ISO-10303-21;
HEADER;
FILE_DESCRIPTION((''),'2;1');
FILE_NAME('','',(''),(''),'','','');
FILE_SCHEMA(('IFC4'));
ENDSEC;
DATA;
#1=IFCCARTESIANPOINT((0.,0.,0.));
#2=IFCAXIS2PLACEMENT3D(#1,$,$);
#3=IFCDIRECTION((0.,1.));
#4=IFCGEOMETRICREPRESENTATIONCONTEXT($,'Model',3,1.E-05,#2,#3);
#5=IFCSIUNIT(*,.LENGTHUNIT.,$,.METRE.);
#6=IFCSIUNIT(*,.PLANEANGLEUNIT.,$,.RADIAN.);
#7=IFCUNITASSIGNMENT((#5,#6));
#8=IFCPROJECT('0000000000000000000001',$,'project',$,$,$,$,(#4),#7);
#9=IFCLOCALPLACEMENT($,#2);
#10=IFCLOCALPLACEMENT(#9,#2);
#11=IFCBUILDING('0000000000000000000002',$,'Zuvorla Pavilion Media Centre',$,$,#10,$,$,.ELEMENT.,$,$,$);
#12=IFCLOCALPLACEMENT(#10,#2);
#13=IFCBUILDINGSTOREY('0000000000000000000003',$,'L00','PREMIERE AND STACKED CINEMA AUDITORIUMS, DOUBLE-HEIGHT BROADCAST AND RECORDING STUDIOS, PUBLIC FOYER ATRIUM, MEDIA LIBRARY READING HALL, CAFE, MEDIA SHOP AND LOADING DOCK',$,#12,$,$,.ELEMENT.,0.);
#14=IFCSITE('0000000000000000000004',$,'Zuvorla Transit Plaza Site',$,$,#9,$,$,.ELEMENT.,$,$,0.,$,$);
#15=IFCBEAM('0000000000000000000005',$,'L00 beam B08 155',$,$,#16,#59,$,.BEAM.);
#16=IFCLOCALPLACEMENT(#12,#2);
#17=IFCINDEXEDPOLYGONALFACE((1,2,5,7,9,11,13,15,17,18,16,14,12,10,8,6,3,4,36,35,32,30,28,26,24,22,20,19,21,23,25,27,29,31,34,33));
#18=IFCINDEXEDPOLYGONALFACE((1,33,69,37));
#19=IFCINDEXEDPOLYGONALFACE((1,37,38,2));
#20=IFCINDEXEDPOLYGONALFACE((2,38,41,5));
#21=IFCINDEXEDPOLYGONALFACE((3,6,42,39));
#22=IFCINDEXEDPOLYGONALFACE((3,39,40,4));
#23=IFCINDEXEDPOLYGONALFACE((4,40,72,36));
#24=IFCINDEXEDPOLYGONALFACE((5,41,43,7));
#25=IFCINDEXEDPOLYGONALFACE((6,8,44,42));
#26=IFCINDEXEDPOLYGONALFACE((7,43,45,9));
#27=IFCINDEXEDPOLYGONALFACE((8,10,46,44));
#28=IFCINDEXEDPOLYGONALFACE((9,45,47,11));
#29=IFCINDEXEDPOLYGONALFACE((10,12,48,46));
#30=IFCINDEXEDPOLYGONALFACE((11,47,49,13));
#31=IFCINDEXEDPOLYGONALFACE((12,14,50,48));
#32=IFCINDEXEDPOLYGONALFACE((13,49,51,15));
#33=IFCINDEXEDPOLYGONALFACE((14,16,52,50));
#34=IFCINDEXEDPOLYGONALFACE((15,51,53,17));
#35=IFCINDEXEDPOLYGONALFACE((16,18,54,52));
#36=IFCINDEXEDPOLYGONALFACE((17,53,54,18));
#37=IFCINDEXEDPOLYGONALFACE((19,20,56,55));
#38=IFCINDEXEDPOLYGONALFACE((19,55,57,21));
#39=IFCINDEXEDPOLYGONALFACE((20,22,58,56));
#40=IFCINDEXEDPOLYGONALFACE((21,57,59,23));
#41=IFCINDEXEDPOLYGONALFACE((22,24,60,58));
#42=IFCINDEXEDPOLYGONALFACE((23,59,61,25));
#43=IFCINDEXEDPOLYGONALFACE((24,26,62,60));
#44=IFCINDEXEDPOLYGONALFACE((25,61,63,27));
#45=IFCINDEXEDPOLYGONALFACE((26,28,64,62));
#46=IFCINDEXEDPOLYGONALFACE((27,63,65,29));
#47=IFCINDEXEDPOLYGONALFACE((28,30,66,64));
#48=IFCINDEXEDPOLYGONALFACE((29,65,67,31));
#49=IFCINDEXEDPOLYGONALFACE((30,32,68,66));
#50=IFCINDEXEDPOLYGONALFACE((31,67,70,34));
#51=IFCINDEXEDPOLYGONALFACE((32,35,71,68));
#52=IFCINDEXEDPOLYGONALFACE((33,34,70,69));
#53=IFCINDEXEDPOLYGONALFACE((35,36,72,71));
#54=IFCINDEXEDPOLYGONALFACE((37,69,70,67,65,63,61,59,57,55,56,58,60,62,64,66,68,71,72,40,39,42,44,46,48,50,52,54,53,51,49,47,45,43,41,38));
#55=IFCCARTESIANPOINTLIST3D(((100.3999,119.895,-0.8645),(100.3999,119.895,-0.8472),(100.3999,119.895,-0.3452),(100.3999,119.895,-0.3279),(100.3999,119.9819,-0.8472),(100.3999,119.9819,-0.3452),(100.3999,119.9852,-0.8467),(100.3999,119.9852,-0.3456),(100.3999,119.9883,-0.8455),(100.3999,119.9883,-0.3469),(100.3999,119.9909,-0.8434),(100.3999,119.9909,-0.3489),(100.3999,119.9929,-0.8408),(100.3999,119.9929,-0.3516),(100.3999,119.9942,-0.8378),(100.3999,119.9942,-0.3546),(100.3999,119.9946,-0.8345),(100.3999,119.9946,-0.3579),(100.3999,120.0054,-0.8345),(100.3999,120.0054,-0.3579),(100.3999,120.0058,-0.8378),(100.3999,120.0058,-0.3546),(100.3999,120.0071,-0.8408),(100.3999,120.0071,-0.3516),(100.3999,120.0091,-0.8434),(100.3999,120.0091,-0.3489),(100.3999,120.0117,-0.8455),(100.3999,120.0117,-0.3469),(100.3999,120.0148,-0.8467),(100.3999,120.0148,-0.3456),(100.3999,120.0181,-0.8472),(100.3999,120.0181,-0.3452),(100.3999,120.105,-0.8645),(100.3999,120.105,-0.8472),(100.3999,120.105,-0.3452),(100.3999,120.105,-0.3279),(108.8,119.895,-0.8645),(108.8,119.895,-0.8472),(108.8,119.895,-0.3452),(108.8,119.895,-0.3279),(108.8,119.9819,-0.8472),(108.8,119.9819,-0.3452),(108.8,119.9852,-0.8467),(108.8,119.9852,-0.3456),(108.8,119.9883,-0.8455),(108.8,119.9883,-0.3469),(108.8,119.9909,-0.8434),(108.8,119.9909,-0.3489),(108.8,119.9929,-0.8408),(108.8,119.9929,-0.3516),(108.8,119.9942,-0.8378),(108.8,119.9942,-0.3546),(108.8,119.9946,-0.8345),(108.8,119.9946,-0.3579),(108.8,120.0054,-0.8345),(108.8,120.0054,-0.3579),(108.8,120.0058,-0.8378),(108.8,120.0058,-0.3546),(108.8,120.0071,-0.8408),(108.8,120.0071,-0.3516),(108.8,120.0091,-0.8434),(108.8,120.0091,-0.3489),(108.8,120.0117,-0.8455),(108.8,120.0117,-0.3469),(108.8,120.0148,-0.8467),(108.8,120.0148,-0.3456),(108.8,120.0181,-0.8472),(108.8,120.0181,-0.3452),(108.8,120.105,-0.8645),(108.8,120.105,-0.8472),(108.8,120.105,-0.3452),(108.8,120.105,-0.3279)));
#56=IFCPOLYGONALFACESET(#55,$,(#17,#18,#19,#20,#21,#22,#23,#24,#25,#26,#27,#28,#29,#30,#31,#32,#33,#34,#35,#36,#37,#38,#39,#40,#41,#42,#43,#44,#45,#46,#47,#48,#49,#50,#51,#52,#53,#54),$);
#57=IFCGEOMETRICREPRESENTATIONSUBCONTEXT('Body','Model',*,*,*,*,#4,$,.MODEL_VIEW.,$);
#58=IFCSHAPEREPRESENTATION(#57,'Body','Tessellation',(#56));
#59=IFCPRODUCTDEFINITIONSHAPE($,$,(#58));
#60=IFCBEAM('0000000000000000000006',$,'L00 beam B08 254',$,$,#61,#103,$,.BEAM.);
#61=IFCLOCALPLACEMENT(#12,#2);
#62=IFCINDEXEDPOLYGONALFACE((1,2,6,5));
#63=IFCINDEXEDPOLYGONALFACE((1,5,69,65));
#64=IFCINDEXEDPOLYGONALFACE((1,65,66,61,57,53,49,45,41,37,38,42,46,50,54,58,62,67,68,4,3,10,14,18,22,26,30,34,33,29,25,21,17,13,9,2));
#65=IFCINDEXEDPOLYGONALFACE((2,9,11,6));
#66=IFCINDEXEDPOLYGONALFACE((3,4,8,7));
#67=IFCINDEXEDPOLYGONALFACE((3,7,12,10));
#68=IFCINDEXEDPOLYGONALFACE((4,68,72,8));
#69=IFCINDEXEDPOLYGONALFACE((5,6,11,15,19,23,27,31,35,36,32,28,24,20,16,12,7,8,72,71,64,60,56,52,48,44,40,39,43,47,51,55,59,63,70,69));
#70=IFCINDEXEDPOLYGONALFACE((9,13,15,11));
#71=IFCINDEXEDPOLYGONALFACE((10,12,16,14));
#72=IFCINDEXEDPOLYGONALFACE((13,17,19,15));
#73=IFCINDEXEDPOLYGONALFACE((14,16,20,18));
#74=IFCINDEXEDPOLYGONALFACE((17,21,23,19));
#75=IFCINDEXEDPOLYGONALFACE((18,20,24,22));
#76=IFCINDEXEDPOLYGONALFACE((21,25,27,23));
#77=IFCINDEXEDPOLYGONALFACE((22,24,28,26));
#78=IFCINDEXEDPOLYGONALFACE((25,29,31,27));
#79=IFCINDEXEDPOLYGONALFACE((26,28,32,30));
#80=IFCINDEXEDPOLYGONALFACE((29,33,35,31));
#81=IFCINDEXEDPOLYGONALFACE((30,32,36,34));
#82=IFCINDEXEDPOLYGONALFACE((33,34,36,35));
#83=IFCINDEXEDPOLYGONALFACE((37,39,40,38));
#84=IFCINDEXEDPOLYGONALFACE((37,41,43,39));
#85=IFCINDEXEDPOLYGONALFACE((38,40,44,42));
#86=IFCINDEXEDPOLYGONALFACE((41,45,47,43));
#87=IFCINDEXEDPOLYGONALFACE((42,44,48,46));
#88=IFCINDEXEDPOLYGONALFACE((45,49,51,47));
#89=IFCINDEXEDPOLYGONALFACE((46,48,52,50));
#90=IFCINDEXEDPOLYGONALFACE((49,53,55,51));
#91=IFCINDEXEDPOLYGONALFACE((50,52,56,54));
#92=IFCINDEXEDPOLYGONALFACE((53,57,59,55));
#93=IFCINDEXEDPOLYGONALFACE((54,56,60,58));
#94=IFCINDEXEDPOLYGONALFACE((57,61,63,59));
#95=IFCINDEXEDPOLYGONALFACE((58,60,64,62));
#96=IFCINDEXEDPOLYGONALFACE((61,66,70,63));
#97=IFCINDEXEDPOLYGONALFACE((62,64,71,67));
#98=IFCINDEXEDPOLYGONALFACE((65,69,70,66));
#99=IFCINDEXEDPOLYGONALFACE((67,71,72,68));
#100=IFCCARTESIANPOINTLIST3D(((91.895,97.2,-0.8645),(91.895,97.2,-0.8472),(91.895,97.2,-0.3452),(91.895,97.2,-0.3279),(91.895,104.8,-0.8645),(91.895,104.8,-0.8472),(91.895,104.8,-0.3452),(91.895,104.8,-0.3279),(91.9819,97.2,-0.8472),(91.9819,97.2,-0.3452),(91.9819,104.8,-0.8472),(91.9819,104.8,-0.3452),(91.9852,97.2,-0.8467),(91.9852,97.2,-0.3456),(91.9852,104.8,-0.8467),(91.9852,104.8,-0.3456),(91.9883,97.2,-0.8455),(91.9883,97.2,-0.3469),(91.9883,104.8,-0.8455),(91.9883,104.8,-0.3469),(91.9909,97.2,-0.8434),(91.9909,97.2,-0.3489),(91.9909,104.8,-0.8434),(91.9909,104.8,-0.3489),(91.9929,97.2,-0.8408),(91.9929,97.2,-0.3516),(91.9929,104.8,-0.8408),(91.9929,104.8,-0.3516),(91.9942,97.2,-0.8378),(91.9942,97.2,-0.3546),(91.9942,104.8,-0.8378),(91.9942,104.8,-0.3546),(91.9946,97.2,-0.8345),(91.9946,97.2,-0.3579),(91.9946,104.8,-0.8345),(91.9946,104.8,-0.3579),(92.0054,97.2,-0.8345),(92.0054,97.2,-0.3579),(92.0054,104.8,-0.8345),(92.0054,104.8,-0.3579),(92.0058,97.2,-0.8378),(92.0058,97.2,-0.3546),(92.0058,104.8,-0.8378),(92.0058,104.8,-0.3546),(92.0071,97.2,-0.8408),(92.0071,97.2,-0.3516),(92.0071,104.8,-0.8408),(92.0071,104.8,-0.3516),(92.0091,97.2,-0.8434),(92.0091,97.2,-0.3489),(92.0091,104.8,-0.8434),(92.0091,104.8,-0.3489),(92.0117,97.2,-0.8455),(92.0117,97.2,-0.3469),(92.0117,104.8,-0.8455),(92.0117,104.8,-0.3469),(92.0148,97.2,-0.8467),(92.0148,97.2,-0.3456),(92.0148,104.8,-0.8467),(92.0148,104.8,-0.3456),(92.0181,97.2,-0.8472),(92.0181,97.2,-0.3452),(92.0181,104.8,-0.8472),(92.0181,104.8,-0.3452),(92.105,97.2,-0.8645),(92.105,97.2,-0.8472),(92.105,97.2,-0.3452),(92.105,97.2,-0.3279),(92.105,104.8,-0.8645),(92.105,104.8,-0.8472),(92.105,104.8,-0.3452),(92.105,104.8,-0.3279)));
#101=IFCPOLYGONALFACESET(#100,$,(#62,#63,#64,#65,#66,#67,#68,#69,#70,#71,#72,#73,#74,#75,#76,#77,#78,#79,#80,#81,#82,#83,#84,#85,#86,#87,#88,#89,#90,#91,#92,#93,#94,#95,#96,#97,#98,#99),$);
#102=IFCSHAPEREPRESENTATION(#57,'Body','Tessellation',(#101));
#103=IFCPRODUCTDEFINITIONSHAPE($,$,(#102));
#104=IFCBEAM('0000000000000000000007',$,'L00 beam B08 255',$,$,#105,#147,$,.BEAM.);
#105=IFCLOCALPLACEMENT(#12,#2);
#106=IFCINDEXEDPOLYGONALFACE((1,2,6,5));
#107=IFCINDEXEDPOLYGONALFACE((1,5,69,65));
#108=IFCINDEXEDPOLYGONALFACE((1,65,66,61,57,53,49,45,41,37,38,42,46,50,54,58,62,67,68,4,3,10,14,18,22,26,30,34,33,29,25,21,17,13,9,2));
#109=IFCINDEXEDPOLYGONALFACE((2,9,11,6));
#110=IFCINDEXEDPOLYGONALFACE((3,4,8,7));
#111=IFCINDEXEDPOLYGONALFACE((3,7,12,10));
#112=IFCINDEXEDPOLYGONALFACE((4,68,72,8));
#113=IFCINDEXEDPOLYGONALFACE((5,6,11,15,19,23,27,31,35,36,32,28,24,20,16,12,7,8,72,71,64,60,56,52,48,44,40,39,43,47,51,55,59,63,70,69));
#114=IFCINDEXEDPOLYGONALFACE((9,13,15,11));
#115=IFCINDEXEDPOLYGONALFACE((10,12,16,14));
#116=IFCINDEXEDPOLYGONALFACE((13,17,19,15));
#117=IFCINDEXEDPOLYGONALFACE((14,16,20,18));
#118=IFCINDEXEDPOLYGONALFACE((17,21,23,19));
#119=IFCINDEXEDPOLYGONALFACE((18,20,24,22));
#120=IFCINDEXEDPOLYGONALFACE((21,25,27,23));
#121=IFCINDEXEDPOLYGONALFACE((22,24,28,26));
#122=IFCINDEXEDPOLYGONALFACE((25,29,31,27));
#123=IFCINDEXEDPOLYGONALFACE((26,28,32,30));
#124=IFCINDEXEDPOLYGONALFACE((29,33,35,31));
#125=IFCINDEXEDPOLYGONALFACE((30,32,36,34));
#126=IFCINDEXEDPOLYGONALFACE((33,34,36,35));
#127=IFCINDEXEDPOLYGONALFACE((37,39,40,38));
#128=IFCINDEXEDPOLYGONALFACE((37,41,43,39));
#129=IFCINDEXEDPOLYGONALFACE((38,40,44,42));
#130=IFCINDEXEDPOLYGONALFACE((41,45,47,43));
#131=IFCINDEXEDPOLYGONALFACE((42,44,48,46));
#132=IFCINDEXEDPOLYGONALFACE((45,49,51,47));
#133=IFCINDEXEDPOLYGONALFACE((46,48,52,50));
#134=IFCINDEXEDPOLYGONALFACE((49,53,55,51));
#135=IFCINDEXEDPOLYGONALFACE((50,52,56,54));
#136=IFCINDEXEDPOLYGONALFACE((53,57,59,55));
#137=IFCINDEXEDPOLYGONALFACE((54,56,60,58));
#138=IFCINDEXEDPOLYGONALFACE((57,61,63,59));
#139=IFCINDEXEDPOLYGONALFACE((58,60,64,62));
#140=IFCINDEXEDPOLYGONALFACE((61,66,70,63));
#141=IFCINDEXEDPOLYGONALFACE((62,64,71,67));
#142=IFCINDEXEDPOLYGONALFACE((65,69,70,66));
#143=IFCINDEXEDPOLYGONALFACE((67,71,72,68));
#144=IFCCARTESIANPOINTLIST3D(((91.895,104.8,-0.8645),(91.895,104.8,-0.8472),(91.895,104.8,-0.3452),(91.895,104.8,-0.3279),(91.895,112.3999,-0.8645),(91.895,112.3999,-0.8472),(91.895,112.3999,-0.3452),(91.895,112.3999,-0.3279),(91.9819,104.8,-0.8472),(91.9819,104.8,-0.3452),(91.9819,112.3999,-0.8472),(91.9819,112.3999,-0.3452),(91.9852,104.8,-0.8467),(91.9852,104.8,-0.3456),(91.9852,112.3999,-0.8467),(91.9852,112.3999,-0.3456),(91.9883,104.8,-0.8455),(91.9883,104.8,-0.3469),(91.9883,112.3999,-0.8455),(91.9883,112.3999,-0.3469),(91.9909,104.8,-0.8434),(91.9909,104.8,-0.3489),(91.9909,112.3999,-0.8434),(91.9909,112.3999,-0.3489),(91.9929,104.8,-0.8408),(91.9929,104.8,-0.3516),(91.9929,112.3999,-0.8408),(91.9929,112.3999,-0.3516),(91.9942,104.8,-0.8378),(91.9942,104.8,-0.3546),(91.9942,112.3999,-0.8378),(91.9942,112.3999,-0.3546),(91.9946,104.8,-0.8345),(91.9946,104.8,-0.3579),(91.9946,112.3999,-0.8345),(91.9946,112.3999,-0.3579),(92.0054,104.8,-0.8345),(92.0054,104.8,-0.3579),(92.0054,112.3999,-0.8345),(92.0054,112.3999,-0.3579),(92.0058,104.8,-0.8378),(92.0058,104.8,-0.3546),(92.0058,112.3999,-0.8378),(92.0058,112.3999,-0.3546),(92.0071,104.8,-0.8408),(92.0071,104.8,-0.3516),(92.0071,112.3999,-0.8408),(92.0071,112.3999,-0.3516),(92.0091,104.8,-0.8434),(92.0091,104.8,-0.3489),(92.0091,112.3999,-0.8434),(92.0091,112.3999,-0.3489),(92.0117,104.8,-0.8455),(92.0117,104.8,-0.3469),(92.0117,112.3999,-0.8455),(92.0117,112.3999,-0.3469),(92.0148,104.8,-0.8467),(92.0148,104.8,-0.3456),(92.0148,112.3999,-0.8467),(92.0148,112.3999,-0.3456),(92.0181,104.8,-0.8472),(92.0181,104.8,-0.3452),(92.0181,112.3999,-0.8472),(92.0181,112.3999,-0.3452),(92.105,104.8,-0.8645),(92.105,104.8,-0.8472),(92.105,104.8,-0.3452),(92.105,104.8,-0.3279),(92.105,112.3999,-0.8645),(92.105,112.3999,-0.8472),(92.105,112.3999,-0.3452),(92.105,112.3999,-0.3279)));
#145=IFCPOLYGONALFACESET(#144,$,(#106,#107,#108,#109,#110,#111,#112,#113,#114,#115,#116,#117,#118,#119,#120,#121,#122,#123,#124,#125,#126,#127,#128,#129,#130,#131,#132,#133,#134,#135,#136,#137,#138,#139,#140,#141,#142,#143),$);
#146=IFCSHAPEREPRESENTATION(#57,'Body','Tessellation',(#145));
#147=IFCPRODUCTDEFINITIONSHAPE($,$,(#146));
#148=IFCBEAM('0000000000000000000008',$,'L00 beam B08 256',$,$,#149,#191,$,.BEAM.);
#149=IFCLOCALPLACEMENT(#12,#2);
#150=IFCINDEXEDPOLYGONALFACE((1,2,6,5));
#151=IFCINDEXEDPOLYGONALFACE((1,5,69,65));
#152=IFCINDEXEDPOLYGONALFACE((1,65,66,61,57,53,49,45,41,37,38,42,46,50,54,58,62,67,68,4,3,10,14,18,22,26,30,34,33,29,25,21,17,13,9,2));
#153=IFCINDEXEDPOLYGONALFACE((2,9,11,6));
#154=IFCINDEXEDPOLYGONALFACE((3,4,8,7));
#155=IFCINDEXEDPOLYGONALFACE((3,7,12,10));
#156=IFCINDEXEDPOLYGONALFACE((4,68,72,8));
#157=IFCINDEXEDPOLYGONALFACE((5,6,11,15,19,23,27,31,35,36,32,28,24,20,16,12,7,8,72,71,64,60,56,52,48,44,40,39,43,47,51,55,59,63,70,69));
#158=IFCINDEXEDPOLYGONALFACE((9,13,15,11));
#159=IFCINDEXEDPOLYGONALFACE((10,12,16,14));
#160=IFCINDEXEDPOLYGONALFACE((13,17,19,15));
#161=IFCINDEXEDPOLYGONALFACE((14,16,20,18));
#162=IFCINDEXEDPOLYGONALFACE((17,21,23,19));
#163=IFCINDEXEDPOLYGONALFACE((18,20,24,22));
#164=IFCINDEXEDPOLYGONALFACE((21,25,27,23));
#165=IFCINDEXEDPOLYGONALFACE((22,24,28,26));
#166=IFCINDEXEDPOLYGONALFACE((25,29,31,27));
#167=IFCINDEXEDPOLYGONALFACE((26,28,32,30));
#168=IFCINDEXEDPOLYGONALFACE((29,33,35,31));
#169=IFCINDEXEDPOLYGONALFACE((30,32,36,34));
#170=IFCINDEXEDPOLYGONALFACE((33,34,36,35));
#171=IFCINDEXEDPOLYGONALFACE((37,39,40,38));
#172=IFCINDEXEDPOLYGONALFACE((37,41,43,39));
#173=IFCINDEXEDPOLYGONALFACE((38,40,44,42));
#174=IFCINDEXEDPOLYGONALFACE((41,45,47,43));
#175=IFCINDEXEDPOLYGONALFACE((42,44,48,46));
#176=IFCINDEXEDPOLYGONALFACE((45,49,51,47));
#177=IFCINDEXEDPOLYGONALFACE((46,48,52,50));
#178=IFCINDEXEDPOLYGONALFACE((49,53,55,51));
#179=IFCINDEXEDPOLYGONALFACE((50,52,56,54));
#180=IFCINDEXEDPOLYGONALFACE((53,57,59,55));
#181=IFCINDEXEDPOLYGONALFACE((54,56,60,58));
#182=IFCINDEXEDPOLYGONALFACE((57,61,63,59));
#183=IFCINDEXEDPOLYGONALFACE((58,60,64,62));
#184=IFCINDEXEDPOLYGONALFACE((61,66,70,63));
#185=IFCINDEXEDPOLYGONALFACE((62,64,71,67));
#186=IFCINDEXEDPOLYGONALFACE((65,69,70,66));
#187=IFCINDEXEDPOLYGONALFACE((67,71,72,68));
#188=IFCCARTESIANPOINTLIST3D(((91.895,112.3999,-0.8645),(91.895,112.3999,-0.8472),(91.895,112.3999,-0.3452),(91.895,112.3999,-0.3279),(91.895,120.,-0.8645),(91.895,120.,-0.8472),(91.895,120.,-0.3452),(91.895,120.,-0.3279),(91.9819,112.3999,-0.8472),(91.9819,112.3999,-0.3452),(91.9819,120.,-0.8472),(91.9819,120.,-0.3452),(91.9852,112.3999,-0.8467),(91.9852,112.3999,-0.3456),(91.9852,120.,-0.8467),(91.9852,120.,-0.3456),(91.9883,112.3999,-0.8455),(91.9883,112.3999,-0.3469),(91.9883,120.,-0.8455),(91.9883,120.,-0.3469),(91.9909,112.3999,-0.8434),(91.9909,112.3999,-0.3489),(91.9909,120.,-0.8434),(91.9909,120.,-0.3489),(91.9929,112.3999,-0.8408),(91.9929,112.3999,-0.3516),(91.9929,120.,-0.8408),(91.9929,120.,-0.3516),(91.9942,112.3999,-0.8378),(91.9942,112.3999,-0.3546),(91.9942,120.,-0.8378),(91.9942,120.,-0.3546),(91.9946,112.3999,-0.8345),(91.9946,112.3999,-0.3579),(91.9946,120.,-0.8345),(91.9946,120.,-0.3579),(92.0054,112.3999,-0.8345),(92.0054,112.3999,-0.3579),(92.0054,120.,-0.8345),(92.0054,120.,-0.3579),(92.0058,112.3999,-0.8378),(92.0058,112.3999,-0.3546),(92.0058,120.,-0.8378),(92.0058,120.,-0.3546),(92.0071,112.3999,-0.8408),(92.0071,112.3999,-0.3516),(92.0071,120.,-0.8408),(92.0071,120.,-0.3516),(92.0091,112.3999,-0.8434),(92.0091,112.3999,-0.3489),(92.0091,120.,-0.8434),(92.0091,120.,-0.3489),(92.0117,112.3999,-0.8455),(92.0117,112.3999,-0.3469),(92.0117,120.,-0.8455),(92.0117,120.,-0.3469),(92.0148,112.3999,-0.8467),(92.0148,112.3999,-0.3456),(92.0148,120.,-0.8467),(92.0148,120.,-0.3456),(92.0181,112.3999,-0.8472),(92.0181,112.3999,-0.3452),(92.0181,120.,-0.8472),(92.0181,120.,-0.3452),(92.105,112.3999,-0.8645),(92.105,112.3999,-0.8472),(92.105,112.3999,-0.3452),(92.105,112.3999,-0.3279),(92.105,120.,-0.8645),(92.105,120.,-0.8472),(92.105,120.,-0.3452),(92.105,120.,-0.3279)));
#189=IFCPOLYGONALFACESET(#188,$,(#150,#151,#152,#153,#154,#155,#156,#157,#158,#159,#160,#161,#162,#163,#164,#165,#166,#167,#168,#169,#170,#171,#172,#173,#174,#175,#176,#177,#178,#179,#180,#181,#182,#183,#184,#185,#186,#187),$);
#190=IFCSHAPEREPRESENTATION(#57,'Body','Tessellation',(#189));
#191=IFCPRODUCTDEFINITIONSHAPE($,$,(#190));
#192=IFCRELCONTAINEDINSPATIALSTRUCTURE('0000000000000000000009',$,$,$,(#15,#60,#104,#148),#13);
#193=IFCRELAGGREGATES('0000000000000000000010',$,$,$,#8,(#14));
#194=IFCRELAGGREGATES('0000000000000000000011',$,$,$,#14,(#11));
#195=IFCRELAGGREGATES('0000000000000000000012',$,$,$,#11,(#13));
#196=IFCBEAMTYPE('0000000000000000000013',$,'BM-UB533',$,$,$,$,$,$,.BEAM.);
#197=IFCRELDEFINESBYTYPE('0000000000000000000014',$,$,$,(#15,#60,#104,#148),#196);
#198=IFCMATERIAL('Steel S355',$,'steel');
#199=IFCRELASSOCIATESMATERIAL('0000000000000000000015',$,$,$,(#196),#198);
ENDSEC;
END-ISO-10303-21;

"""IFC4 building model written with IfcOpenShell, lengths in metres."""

from ifc_helpers import new_model, si_unit, direction, frame, origin, origin_2d, place, context, subcontext, project, spatial, i_section, extrude, material, material_profile, profile_set, type_object, element, save


model = new_model("IFC4")

# Units and contexts
model_context = context("Model", 3, precision=1e-05, world=origin(), true_north=direction((0.0, 1.0)))
body_context = subcontext(model_context, "Body", "Model", "MODEL_VIEW")
ifc_project = project(units=[si_unit("LENGTHUNIT", "METRE"), si_unit("PLANEANGLEUNIT", "RADIAN")], contexts=[model_context])

# Site, building, storey
site_placement = place(None, origin())
site = spatial("IfcSite", under=ifc_project, at=site_placement, Name="Zuvorla Transit Plaza Site", CompositionType="ELEMENT", RefElevation=0.0)
building_placement = place(site_placement, origin())
building = spatial("IfcBuilding", under=site, at=building_placement, Name="Zuvorla Pavilion Media Centre", CompositionType="ELEMENT")
storey_placement = place(building_placement, origin())
storey = spatial("IfcBuildingStorey", under=building, at=storey_placement, Name="L00", Description="PREMIERE AND STACKED CINEMA AUDITORIUMS, DOUBLE-HEIGHT BROADCAST AND RECORDING STUDIOS, PUBLIC FOYER ATRIUM, MEDIA LIBRARY READING HALL, CAFE, MEDIA SHOP AND LOADING DOCK", CompositionType="ELEMENT", Elevation=0.0)

# Beams
ifc_material_1 = material(Name="Steel S355", Category="steel")
ifc_material_profile_1 = material_profile(ifc_material_1, i_section(OverallWidth=0.21, OverallDepth=0.5366, WebThickness=0.0107, FlangeThickness=0.0173, FilletRadius=0.0127, at=origin_2d()), Name="UB 533x210x101")
ifc_profile_set_1 = profile_set([ifc_material_profile_1], Name="Steel S355")
beam_type_1 = type_object("IfcBeamType", Name="BM-UB533", PredefinedType="BEAM", material=ifc_profile_set_1)
beam_1_placement = place(storey_placement, frame((100.3999, 120.0, -0.5962), z_axis=(1.0, 0.0, 0.0), x_axis=(0.0, 1.0, 0.0)))
element("IfcBeam", 1, at=beam_1_placement, inside=storey, type_object=beam_type_1, Name="L00 beam B08 155", PredefinedType="BEAM", context=body_context, shape_type="SweptSolid", body=[
    extrude(i_section(OverallWidth=0.21, OverallDepth=0.5366, WebThickness=0.0107, FlangeThickness=0.0173, FilletRadius=0.0127, at=origin_2d()), origin(), (0.0, 0.0, 1.0), 8.4001),
])
beam_2_placement = place(storey_placement, frame((92.0, 97.2, -0.5962), z_axis=(0.0, 1.0, 0.0), x_axis=(-1.0, 0.0, 0.0)))
element("IfcBeam", 2, at=beam_2_placement, inside=storey, type_object=beam_type_1, Name="L00 beam B08 254", PredefinedType="BEAM", context=body_context, shape_type="SweptSolid", body=[
    extrude(i_section(OverallWidth=0.21, OverallDepth=0.5366, WebThickness=0.0107, FlangeThickness=0.0173, FilletRadius=0.0127, at=origin_2d()), origin(), (0.0, 0.0, 1.0), 7.6001),
])
beam_3_placement = place(storey_placement, frame((92.0, 104.8, -0.5962), z_axis=(0.0, 1.0, 0.0), x_axis=(-1.0, 0.0, 0.0)))
element("IfcBeam", 3, at=beam_3_placement, inside=storey, type_object=beam_type_1, Name="L00 beam B08 255", PredefinedType="BEAM", context=body_context, shape_type="SweptSolid", body=[
    extrude(i_section(OverallWidth=0.21, OverallDepth=0.5366, WebThickness=0.0107, FlangeThickness=0.0173, FilletRadius=0.0127, at=origin_2d()), origin(), (0.0, 0.0, 1.0), 7.5999),
])
for number, where, z_axis, x_axis, name in (
    (4, (92.0, 112.3999, -0.5962), (0.0, 1.0, 0.0), (-1.0, 0.0, 0.0), "L00 beam B08 256"),
):
    element("IfcBeam", number, at=place(storey_placement, frame(where, z_axis=z_axis, x_axis=x_axis)), inside=storey, type_object=beam_type_1, Name=name, PredefinedType="BEAM", context=body_context, shape_type="SweptSolid", body=[
        extrude(i_section(OverallWidth=0.21, OverallDepth=0.5366, WebThickness=0.0107, FlangeThickness=0.0173, FilletRadius=0.0127, at=origin_2d()), origin(), (0.0, 0.0, 1.0), 7.6001),
    ])

save(model, "model.ifc")
